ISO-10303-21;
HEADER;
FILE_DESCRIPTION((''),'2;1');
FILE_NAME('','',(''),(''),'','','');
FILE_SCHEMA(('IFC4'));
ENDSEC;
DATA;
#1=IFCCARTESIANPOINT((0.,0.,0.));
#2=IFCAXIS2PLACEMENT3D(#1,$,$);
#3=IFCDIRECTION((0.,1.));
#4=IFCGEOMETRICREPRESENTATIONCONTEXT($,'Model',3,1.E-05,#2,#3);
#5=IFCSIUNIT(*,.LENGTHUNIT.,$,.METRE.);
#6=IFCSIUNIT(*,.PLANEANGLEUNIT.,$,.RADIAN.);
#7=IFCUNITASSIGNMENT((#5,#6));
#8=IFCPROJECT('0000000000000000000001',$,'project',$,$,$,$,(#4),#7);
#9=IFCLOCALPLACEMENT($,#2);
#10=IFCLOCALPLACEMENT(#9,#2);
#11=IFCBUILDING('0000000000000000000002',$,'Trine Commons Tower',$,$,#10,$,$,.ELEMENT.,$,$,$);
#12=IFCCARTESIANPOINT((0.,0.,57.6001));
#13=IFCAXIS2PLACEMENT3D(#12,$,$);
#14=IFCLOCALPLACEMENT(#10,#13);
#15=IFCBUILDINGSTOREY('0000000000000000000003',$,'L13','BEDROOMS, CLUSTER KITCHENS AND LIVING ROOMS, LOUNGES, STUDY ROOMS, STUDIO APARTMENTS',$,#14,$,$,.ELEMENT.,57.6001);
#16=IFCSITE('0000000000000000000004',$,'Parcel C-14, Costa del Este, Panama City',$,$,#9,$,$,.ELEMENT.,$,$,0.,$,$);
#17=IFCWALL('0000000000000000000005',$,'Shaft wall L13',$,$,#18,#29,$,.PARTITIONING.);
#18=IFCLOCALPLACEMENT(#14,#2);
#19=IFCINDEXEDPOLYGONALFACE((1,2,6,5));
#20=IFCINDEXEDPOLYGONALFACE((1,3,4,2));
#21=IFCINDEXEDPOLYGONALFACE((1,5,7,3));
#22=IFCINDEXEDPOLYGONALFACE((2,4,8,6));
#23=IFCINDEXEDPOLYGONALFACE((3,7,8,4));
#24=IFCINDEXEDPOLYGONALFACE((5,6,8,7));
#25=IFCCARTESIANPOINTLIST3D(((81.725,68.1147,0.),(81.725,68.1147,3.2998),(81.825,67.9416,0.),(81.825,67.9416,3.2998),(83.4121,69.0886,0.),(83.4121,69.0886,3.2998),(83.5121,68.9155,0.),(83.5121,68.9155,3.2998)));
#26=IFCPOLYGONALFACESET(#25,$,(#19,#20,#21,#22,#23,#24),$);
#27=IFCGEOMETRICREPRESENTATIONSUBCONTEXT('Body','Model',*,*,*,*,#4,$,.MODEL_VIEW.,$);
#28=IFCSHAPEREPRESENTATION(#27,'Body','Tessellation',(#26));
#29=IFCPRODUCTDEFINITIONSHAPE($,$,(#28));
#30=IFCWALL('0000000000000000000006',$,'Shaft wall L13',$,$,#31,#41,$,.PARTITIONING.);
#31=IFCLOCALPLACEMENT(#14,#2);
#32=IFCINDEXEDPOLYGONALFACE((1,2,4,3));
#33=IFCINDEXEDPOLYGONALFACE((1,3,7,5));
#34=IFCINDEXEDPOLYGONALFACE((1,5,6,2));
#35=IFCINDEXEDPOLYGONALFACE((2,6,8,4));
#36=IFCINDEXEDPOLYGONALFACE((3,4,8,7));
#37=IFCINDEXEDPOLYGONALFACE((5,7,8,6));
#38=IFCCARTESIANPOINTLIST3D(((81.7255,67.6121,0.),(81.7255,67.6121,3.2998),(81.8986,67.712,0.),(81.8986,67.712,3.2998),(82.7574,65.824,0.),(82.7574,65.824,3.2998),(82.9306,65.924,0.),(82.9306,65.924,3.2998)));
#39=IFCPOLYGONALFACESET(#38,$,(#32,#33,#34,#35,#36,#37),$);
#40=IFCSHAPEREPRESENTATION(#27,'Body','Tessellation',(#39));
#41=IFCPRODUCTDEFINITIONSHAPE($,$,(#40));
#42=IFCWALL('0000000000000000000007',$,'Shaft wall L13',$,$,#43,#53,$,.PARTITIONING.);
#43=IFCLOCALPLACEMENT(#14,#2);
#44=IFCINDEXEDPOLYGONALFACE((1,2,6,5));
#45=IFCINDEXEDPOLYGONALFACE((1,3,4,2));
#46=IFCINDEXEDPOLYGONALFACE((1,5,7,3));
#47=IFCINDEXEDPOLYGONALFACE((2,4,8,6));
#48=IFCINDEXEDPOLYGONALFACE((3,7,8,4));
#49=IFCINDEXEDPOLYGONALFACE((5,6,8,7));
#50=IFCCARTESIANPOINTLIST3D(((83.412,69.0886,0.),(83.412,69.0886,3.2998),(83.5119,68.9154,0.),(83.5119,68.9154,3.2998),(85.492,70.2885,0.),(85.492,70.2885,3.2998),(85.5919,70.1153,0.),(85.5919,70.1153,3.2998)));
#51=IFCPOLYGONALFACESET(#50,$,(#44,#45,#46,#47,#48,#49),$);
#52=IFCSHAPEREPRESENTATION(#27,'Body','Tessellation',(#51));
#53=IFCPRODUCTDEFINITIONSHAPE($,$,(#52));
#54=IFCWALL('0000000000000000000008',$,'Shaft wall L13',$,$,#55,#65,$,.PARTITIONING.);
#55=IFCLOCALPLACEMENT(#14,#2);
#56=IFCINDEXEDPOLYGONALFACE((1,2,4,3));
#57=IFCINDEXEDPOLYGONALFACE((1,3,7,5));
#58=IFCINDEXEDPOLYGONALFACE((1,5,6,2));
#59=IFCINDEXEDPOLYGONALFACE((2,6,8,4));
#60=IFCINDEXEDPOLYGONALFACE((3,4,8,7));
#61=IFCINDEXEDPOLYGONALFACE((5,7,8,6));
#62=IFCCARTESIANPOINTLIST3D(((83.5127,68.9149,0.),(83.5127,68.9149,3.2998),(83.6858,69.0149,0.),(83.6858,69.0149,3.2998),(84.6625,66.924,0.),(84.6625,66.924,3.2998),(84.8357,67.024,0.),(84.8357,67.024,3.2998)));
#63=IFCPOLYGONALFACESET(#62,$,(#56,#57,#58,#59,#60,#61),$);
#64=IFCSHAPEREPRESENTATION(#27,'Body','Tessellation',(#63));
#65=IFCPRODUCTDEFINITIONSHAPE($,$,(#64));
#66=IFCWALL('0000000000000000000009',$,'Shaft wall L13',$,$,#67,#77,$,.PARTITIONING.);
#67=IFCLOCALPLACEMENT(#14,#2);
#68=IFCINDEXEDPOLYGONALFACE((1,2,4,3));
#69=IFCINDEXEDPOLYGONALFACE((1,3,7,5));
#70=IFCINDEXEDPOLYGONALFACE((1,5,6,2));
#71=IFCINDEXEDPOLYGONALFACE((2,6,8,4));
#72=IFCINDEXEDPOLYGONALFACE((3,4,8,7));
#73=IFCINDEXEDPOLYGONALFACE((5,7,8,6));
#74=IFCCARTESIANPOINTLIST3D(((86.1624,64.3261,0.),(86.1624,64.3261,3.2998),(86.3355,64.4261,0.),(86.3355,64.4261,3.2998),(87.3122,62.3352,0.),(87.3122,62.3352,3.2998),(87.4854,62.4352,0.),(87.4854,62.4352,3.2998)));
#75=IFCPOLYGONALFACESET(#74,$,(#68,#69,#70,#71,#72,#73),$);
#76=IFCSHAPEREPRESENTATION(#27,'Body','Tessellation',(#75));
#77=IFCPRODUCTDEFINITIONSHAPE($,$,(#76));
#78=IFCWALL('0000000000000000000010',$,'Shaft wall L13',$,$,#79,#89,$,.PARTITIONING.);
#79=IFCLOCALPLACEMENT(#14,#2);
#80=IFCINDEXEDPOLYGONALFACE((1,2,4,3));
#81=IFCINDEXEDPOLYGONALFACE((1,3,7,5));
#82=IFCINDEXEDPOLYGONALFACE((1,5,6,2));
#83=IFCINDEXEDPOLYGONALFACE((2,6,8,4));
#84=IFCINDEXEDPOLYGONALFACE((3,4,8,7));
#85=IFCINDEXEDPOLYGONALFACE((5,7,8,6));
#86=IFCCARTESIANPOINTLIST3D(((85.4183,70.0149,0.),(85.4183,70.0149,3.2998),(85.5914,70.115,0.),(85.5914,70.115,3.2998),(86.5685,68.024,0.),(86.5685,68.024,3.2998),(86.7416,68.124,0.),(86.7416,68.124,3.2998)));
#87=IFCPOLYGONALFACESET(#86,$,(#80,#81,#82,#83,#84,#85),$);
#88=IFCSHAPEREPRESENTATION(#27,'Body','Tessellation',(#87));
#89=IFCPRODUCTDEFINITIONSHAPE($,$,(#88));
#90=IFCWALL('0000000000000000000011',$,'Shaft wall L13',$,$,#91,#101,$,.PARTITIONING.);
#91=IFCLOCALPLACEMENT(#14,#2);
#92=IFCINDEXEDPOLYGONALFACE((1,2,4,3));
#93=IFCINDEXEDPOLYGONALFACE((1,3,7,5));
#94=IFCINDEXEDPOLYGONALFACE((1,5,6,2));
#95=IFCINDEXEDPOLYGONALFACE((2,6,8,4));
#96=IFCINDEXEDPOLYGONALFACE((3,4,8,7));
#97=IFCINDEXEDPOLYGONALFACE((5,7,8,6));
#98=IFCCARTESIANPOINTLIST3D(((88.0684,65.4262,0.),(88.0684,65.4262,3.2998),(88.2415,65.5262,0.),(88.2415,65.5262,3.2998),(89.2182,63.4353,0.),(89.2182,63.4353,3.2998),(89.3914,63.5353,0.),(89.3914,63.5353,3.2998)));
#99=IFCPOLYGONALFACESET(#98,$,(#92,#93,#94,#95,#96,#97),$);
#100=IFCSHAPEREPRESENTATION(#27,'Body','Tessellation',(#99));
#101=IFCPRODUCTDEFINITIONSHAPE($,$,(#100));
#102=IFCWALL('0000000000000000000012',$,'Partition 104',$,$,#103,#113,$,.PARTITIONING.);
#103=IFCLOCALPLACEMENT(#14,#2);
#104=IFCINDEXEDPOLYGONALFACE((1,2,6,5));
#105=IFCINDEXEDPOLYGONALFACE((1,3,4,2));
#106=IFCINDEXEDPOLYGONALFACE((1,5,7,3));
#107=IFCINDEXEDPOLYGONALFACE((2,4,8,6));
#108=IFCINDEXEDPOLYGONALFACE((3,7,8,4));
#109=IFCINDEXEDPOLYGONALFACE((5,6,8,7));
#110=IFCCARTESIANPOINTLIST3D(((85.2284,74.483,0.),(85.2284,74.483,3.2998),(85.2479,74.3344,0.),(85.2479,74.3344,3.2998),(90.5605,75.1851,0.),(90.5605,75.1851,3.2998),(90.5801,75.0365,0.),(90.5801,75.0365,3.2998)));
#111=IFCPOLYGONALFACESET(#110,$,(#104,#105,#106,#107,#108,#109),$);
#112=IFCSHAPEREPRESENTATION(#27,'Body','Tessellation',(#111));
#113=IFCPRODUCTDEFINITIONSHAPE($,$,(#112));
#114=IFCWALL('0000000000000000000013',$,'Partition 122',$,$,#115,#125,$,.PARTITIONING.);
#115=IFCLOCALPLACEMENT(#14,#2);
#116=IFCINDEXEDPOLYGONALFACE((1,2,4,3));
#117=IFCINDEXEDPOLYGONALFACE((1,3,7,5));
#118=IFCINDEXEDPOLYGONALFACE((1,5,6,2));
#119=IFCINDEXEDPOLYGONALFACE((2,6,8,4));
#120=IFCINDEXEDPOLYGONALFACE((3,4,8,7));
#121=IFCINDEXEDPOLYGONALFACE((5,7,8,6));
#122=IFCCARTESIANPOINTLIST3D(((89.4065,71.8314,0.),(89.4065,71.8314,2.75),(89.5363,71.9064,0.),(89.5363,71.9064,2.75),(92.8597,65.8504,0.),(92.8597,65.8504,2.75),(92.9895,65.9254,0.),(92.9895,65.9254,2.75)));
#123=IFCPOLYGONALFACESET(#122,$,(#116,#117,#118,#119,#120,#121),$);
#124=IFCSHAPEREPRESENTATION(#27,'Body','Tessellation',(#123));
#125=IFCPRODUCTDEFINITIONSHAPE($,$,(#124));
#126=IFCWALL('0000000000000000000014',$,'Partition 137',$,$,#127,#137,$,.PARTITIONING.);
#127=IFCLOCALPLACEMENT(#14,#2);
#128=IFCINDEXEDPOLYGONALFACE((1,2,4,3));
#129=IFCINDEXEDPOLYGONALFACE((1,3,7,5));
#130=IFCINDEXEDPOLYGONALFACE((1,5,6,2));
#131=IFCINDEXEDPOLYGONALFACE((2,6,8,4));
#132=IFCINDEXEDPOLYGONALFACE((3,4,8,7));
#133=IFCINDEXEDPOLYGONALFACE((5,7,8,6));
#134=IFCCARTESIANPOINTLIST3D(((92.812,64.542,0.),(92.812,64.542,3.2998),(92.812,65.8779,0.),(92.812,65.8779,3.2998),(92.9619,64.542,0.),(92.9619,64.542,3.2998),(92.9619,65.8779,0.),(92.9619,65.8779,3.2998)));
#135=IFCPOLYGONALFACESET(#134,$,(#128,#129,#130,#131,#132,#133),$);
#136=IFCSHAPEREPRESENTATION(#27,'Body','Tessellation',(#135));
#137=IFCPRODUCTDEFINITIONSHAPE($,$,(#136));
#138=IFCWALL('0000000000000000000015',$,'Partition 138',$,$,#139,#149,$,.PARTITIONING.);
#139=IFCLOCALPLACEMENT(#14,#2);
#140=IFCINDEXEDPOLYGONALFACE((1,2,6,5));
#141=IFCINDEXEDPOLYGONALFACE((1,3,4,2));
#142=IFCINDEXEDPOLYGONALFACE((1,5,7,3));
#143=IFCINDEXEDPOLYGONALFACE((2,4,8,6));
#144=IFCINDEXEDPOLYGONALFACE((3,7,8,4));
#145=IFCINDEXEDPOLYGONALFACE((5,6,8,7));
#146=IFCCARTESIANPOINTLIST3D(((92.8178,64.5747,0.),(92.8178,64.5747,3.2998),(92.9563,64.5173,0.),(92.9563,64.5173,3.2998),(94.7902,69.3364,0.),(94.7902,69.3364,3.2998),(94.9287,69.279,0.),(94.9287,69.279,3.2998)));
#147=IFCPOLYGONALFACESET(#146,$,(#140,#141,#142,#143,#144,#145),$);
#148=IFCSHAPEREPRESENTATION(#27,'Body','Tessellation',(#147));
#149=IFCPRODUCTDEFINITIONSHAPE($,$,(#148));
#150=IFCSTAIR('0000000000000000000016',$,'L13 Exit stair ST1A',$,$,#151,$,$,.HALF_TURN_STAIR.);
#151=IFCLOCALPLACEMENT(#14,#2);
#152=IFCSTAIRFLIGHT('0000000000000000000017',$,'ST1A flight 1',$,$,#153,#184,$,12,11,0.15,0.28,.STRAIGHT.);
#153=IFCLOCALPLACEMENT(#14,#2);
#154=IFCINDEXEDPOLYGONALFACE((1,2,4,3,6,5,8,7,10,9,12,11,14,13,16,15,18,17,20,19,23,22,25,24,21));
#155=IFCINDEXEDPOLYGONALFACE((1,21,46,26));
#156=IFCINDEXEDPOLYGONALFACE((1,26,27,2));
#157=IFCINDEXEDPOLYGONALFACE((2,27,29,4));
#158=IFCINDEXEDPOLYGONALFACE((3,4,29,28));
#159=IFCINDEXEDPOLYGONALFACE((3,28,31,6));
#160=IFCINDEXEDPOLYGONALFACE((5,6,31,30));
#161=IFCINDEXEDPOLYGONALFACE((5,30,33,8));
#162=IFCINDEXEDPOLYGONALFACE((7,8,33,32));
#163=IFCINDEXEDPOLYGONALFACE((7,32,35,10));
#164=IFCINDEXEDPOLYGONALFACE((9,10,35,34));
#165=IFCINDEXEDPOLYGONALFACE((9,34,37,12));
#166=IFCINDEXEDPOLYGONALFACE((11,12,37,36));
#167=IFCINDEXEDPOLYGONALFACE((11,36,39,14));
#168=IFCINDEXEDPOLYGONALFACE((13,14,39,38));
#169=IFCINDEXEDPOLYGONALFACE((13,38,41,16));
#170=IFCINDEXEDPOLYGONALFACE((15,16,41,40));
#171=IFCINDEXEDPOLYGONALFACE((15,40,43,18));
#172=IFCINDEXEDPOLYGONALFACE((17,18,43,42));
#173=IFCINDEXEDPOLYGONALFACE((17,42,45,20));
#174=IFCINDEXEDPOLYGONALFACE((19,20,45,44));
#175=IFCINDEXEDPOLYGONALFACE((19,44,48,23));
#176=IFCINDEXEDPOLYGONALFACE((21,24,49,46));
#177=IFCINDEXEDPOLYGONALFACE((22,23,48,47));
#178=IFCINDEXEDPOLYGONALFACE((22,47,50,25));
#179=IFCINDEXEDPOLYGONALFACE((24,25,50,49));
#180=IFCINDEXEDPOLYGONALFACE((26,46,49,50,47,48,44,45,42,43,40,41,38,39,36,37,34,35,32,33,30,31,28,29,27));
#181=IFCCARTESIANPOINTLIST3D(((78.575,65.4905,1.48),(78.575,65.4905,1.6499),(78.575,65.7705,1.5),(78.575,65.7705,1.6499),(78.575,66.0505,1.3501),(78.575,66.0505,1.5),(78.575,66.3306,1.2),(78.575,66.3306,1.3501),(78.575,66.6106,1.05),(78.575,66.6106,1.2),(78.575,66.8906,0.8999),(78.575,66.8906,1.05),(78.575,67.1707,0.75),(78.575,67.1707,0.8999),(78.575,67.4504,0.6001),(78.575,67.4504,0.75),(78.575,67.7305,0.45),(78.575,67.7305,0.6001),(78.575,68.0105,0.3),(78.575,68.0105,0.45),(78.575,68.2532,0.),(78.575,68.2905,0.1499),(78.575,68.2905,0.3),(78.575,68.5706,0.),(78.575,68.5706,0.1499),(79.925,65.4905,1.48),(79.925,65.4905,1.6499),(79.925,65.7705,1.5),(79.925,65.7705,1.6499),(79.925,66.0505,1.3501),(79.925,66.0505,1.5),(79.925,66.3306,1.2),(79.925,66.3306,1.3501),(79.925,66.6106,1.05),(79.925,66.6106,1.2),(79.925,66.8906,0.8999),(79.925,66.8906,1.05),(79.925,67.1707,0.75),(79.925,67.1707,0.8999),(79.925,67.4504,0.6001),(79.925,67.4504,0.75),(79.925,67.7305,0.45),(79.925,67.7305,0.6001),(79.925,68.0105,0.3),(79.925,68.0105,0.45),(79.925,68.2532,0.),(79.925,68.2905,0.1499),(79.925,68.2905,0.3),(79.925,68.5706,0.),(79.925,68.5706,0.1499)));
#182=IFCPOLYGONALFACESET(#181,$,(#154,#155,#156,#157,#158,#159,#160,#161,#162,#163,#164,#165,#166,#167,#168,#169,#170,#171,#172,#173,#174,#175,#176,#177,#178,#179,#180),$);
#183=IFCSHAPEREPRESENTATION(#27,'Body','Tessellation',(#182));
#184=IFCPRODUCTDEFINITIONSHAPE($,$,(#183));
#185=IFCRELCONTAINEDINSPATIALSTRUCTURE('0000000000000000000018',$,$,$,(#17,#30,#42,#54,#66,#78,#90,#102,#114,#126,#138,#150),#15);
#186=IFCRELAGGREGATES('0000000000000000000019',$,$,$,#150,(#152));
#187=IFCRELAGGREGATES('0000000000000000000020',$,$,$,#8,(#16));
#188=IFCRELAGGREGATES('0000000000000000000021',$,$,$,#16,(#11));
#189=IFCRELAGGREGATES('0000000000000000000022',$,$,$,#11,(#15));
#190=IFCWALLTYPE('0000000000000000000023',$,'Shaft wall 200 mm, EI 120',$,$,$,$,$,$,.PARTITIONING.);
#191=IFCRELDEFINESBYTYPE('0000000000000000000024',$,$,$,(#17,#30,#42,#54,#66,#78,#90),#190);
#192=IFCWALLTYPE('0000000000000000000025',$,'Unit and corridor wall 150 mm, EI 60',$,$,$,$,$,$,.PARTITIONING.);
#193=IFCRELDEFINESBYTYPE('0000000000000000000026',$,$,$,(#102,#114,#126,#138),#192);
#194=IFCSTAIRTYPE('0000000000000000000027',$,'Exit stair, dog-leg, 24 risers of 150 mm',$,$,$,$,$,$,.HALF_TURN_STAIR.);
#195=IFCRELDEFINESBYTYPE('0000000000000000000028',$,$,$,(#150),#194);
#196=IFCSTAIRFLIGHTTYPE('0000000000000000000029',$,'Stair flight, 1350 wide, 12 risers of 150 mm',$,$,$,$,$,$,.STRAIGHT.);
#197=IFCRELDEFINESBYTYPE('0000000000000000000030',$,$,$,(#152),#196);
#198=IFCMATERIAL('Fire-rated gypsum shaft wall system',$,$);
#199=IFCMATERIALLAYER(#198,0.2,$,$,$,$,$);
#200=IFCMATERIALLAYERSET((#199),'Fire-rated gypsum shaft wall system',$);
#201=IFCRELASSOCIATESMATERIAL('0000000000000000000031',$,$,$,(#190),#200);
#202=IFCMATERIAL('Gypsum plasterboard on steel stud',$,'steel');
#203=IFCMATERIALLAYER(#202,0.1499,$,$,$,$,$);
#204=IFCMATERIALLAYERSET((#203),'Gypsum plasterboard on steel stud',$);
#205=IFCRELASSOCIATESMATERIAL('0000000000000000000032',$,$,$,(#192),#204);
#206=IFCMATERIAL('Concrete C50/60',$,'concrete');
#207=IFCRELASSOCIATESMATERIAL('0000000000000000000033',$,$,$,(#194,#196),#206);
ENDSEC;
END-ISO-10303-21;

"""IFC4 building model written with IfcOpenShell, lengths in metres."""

from ifc_helpers import new_model, si_unit, direction, frame, frame_2d, origin, place, context, subcontext, project, spatial, polyline, rectangle, outline, extrude, material, layer, layer_set, type_object, element, aggregate, save


model = new_model("IFC4")

# Units and contexts
model_context = context("Model", 3, precision=1e-05, world=origin(), true_north=direction((0.0, 1.0)))
body_context = subcontext(model_context, "Body", "Model", "MODEL_VIEW")
ifc_project = project(units=[si_unit("LENGTHUNIT", "METRE"), si_unit("PLANEANGLEUNIT", "RADIAN")], contexts=[model_context])

# Site, building, storey
site_placement = place(None, origin())
site = spatial("IfcSite", under=ifc_project, at=site_placement, Name="Parcel C-14, Costa del Este, Panama City", CompositionType="ELEMENT", RefElevation=0.0)
building_placement = place(site_placement, origin())
building = spatial("IfcBuilding", under=site, at=building_placement, Name="Trine Commons Tower", CompositionType="ELEMENT")
storey_placement = place(building_placement, frame((0.0, 0.0, 57.6001)))
storey = spatial("IfcBuildingStorey", under=building, at=storey_placement, Name="L13", Description="BEDROOMS, CLUSTER KITCHENS AND LIVING ROOMS, LOUNGES, STUDY ROOMS, STUDIO APARTMENTS", CompositionType="ELEMENT", Elevation=57.6001)

# Shared definitions
ifc_material_1 = material(Name="Concrete C50/60", Category="concrete")

# Walls
ifc_material_2 = material(Name="Fire-rated gypsum shaft wall system")
ifc_layer_1 = layer(ifc_material_2, 0.2)
ifc_layer_set_1 = layer_set([ifc_layer_1], Name="Fire-rated gypsum shaft wall system")
wall_type_1 = type_object("IfcWallType", Name="Shaft wall 200 mm, EI 120", PredefinedType="PARTITIONING", material=ifc_layer_set_1)
wall_1_placement = place(storey_placement, frame((81.7749, 68.0281, 0.0), z_axis=(0.0, 0.0, 1.0), x_axis=(0.866052, 0.499954, 0.0)))
element("IfcWall", 1, at=wall_1_placement, inside=storey, type_object=wall_type_1, Name="Shaft wall L13", PredefinedType="PARTITIONING", context=body_context, shape_type="SweptSolid", body=[
    extrude(rectangle(XDim=1.948, YDim=0.2, at=frame_2d((0.9741, 0.0))), origin(), (0.0, 0.0, 1.0), 3.2998),
])
wall_2_placement = place(storey_placement, frame((82.844, 65.874, 0.0), z_axis=(0.0, 0.0, 1.0), x_axis=(-0.499866, 0.866103, 0.0)))
element("IfcWall", 2, at=wall_2_placement, inside=storey, type_object=wall_type_1, Name="Shaft wall L13", PredefinedType="PARTITIONING", context=body_context, shape_type="SweptSolid", body=[
    extrude(rectangle(XDim=2.0645, YDim=0.2, at=frame_2d((1.0322, 0.0))), origin(), (0.0, 0.0, 1.0), 3.2998),
])
wall_3_placement = place(storey_placement, frame((83.4619, 69.002, 0.0), z_axis=(0.0, 0.0, 1.0), x_axis=(0.866203, 0.499693, 0.0)))
element("IfcWall", 3, at=wall_3_placement, inside=storey, type_object=wall_type_1, Name="Shaft wall L13", PredefinedType="PARTITIONING", context=body_context, shape_type="SweptSolid", body=[
    extrude(rectangle(XDim=2.4014, YDim=0.2, at=frame_2d((1.2007, 0.0))), origin(), (0.0, 0.0, 1.0), 3.2998),
])
for number, where, z_axis, x_axis, name in (
    (4, (84.749, 66.9741, 0.0), (0.0, 0.0, 1.0), (-0.500136, 0.865947, 0.0), "Shaft wall L13"),
    (5, (86.249, 64.376, 0.0), (0.0, 0.0, 1.0), (0.500136, -0.865947, 0.0), "Shaft wall L13"),
):
    element("IfcWall", number, at=place(storey_placement, frame(where, z_axis=z_axis, x_axis=x_axis)), inside=storey, type_object=wall_type_1, Name=name, PredefinedType="PARTITIONING", context=body_context, shape_type="SweptSolid", body=[
        extrude(rectangle(XDim=2.2991, YDim=0.2, at=frame_2d((1.1494, 0.0))), origin(), (0.0, 0.0, 1.0), 3.2998),
    ])
wall_4_placement = place(storey_placement, frame((86.655, 68.074, 0.0), z_axis=(0.0, 0.0, 1.0), x_axis=(-0.500216, 0.865901, 0.0)))
element("IfcWall", 6, at=wall_4_placement, inside=storey, type_object=wall_type_1, Name="Shaft wall L13", PredefinedType="PARTITIONING", context=body_context, shape_type="SweptSolid", body=[
    extrude(rectangle(XDim=2.2993, YDim=0.2, at=frame_2d((1.1497, 0.0))), origin(), (0.0, 0.0, 1.0), 3.2998),
])
wall_5_placement = place(storey_placement, frame((88.155, 65.4761, 0.0), z_axis=(0.0, 0.0, 1.0), x_axis=(0.500136, -0.865947, 0.0)))
element("IfcWall", 7, at=wall_5_placement, inside=storey, type_object=wall_type_1, Name="Shaft wall L13", PredefinedType="PARTITIONING", context=body_context, shape_type="SweptSolid", body=[
    extrude(rectangle(XDim=2.2991, YDim=0.2, at=frame_2d((1.1494, 0.0))), origin(), (0.0, 0.0, 1.0), 3.2998),
])
ifc_material_3 = material(Name="Gypsum plasterboard on steel stud", Category="steel")
ifc_layer_2 = layer(ifc_material_3, 0.1499)
ifc_layer_set_2 = layer_set([ifc_layer_2], Name="Gypsum plasterboard on steel stud")
wall_type_2 = type_object("IfcWallType", Name="Unit and corridor wall 150 mm, EI 60", PredefinedType="PARTITIONING", material=ifc_layer_set_2)
wall_6_placement = place(storey_placement, frame((85.2383, 74.4087, 0.0), z_axis=(0.0, 0.0, 1.0), x_axis=(0.991441, 0.130558, 0.0)))
element("IfcWall", 8, at=wall_6_placement, inside=storey, type_object=wall_type_2, Name="Partition 104", PredefinedType="PARTITIONING", context=body_context, shape_type="SweptSolid", body=[
    extrude(rectangle(XDim=5.3782, YDim=0.1499, at=frame_2d((2.689, 0.0))), origin(), (0.0, 0.0, 1.0), 3.2998),
])
wall_7_placement = place(storey_placement, frame((89.4714, 71.8689, 0.0), z_axis=(0.0, 0.0, 1.0), x_axis=(0.500002, -0.866024, 0.0)))
element("IfcWall", 9, at=wall_7_placement, inside=storey, type_object=wall_type_2, Name="Partition 122", PredefinedType="PARTITIONING", context=body_context, shape_type="SweptSolid", body=[
    extrude(rectangle(XDim=6.9062, YDim=0.1499, at=frame_2d((3.4531, 0.0))), origin(), (0.0, 0.0, 1.0), 2.75),
])
wall_8_placement = place(storey_placement, frame((92.887, 64.542, 0.0), z_axis=(0.0, 0.0, 1.0), x_axis=(0.0, 1.0, 0.0)))
element("IfcWall", 10, at=wall_8_placement, inside=storey, type_object=wall_type_2, Name="Partition 137", PredefinedType="PARTITIONING", context=body_context, shape_type="SweptSolid", body=[
    extrude(rectangle(XDim=1.3359, YDim=0.1499, at=frame_2d((0.668, 0.0))), origin(), (0.0, 0.0, 1.0), 3.2998),
])
wall_9_placement = place(storey_placement, frame((92.887, 64.5459, 0.0), z_axis=(0.0, 0.0, 1.0), x_axis=(0.382691, 0.923877, 0.0)))
element("IfcWall", 11, at=wall_9_placement, inside=storey, type_object=wall_type_2, Name="Partition 138", PredefinedType="PARTITIONING", context=body_context, shape_type="SweptSolid", body=[
    extrude(rectangle(XDim=5.1541, YDim=0.1499, at=frame_2d((2.5771, 0.0))), origin(), (0.0, 0.0, 1.0), 3.2998),
])

# Stair, stair flight
stair_type = type_object("IfcStairType", Name="Exit stair, dog-leg, 24 risers of 150 mm", PredefinedType="HALF_TURN_STAIR", material=ifc_material_1)
stair_placement = place(storey_placement, origin())
stair = element("IfcStair", 12, at=stair_placement, inside=storey, type_object=stair_type, Name="L13 Exit stair ST1A", PredefinedType="HALF_TURN_STAIR")
stair_flight_type = type_object("IfcStairFlightType", Name="Stair flight, 1350 wide, 12 risers of 150 mm", PredefinedType="STRAIGHT", material=ifc_material_1)
stair_flight_1_placement = place(storey_placement, frame((79.25, 68.5706, 0.0), z_axis=(0.0, 0.0, 1.0), x_axis=(0.0, -1.0, 0.0)))
stair_flight_1 = element("IfcStairFlight", 13, at=stair_flight_1_placement, type_object=stair_flight_type, Name="ST1A flight 1", NumberOfRisers=12, NumberOfTreads=11, PredefinedType="STRAIGHT", RiserHeight=0.15, TreadLength=0.28, context=body_context, shape_type="SweptSolid", body=[
    extrude(outline(polyline([(0.0, 0.0), (0.0, 0.1499), (0.28, 0.1499), (0.28, 0.3), (0.5601, 0.3), (0.5601, 0.45), (0.8401, 0.45), (0.8401, 0.6001), (1.1201, 0.6001), (1.1201, 0.75), (1.3999, 0.75), (1.3999, 0.8999), (1.6799, 0.8999), (1.6799, 1.05), (1.96, 1.05), (1.96, 1.2), (2.24, 1.2), (2.24, 1.3501), (2.52, 1.3501), (2.52, 1.5), (2.8, 1.5), (2.8, 1.6499), (3.0801, 1.6499), (3.0801, 1.8), (3.0801, 1.48), (0.3174, 0.0), (0.0, 0.0)])), frame((0.0, 0.675, 0.0), z_axis=(0.0, -1.0, 0.0), x_axis=(1.0, 0.0, 0.0)), (0.0, 0.0, 1.0), 1.3501),
])
aggregate(stair, [stair_flight_1])

save(model, "model.ifc")
